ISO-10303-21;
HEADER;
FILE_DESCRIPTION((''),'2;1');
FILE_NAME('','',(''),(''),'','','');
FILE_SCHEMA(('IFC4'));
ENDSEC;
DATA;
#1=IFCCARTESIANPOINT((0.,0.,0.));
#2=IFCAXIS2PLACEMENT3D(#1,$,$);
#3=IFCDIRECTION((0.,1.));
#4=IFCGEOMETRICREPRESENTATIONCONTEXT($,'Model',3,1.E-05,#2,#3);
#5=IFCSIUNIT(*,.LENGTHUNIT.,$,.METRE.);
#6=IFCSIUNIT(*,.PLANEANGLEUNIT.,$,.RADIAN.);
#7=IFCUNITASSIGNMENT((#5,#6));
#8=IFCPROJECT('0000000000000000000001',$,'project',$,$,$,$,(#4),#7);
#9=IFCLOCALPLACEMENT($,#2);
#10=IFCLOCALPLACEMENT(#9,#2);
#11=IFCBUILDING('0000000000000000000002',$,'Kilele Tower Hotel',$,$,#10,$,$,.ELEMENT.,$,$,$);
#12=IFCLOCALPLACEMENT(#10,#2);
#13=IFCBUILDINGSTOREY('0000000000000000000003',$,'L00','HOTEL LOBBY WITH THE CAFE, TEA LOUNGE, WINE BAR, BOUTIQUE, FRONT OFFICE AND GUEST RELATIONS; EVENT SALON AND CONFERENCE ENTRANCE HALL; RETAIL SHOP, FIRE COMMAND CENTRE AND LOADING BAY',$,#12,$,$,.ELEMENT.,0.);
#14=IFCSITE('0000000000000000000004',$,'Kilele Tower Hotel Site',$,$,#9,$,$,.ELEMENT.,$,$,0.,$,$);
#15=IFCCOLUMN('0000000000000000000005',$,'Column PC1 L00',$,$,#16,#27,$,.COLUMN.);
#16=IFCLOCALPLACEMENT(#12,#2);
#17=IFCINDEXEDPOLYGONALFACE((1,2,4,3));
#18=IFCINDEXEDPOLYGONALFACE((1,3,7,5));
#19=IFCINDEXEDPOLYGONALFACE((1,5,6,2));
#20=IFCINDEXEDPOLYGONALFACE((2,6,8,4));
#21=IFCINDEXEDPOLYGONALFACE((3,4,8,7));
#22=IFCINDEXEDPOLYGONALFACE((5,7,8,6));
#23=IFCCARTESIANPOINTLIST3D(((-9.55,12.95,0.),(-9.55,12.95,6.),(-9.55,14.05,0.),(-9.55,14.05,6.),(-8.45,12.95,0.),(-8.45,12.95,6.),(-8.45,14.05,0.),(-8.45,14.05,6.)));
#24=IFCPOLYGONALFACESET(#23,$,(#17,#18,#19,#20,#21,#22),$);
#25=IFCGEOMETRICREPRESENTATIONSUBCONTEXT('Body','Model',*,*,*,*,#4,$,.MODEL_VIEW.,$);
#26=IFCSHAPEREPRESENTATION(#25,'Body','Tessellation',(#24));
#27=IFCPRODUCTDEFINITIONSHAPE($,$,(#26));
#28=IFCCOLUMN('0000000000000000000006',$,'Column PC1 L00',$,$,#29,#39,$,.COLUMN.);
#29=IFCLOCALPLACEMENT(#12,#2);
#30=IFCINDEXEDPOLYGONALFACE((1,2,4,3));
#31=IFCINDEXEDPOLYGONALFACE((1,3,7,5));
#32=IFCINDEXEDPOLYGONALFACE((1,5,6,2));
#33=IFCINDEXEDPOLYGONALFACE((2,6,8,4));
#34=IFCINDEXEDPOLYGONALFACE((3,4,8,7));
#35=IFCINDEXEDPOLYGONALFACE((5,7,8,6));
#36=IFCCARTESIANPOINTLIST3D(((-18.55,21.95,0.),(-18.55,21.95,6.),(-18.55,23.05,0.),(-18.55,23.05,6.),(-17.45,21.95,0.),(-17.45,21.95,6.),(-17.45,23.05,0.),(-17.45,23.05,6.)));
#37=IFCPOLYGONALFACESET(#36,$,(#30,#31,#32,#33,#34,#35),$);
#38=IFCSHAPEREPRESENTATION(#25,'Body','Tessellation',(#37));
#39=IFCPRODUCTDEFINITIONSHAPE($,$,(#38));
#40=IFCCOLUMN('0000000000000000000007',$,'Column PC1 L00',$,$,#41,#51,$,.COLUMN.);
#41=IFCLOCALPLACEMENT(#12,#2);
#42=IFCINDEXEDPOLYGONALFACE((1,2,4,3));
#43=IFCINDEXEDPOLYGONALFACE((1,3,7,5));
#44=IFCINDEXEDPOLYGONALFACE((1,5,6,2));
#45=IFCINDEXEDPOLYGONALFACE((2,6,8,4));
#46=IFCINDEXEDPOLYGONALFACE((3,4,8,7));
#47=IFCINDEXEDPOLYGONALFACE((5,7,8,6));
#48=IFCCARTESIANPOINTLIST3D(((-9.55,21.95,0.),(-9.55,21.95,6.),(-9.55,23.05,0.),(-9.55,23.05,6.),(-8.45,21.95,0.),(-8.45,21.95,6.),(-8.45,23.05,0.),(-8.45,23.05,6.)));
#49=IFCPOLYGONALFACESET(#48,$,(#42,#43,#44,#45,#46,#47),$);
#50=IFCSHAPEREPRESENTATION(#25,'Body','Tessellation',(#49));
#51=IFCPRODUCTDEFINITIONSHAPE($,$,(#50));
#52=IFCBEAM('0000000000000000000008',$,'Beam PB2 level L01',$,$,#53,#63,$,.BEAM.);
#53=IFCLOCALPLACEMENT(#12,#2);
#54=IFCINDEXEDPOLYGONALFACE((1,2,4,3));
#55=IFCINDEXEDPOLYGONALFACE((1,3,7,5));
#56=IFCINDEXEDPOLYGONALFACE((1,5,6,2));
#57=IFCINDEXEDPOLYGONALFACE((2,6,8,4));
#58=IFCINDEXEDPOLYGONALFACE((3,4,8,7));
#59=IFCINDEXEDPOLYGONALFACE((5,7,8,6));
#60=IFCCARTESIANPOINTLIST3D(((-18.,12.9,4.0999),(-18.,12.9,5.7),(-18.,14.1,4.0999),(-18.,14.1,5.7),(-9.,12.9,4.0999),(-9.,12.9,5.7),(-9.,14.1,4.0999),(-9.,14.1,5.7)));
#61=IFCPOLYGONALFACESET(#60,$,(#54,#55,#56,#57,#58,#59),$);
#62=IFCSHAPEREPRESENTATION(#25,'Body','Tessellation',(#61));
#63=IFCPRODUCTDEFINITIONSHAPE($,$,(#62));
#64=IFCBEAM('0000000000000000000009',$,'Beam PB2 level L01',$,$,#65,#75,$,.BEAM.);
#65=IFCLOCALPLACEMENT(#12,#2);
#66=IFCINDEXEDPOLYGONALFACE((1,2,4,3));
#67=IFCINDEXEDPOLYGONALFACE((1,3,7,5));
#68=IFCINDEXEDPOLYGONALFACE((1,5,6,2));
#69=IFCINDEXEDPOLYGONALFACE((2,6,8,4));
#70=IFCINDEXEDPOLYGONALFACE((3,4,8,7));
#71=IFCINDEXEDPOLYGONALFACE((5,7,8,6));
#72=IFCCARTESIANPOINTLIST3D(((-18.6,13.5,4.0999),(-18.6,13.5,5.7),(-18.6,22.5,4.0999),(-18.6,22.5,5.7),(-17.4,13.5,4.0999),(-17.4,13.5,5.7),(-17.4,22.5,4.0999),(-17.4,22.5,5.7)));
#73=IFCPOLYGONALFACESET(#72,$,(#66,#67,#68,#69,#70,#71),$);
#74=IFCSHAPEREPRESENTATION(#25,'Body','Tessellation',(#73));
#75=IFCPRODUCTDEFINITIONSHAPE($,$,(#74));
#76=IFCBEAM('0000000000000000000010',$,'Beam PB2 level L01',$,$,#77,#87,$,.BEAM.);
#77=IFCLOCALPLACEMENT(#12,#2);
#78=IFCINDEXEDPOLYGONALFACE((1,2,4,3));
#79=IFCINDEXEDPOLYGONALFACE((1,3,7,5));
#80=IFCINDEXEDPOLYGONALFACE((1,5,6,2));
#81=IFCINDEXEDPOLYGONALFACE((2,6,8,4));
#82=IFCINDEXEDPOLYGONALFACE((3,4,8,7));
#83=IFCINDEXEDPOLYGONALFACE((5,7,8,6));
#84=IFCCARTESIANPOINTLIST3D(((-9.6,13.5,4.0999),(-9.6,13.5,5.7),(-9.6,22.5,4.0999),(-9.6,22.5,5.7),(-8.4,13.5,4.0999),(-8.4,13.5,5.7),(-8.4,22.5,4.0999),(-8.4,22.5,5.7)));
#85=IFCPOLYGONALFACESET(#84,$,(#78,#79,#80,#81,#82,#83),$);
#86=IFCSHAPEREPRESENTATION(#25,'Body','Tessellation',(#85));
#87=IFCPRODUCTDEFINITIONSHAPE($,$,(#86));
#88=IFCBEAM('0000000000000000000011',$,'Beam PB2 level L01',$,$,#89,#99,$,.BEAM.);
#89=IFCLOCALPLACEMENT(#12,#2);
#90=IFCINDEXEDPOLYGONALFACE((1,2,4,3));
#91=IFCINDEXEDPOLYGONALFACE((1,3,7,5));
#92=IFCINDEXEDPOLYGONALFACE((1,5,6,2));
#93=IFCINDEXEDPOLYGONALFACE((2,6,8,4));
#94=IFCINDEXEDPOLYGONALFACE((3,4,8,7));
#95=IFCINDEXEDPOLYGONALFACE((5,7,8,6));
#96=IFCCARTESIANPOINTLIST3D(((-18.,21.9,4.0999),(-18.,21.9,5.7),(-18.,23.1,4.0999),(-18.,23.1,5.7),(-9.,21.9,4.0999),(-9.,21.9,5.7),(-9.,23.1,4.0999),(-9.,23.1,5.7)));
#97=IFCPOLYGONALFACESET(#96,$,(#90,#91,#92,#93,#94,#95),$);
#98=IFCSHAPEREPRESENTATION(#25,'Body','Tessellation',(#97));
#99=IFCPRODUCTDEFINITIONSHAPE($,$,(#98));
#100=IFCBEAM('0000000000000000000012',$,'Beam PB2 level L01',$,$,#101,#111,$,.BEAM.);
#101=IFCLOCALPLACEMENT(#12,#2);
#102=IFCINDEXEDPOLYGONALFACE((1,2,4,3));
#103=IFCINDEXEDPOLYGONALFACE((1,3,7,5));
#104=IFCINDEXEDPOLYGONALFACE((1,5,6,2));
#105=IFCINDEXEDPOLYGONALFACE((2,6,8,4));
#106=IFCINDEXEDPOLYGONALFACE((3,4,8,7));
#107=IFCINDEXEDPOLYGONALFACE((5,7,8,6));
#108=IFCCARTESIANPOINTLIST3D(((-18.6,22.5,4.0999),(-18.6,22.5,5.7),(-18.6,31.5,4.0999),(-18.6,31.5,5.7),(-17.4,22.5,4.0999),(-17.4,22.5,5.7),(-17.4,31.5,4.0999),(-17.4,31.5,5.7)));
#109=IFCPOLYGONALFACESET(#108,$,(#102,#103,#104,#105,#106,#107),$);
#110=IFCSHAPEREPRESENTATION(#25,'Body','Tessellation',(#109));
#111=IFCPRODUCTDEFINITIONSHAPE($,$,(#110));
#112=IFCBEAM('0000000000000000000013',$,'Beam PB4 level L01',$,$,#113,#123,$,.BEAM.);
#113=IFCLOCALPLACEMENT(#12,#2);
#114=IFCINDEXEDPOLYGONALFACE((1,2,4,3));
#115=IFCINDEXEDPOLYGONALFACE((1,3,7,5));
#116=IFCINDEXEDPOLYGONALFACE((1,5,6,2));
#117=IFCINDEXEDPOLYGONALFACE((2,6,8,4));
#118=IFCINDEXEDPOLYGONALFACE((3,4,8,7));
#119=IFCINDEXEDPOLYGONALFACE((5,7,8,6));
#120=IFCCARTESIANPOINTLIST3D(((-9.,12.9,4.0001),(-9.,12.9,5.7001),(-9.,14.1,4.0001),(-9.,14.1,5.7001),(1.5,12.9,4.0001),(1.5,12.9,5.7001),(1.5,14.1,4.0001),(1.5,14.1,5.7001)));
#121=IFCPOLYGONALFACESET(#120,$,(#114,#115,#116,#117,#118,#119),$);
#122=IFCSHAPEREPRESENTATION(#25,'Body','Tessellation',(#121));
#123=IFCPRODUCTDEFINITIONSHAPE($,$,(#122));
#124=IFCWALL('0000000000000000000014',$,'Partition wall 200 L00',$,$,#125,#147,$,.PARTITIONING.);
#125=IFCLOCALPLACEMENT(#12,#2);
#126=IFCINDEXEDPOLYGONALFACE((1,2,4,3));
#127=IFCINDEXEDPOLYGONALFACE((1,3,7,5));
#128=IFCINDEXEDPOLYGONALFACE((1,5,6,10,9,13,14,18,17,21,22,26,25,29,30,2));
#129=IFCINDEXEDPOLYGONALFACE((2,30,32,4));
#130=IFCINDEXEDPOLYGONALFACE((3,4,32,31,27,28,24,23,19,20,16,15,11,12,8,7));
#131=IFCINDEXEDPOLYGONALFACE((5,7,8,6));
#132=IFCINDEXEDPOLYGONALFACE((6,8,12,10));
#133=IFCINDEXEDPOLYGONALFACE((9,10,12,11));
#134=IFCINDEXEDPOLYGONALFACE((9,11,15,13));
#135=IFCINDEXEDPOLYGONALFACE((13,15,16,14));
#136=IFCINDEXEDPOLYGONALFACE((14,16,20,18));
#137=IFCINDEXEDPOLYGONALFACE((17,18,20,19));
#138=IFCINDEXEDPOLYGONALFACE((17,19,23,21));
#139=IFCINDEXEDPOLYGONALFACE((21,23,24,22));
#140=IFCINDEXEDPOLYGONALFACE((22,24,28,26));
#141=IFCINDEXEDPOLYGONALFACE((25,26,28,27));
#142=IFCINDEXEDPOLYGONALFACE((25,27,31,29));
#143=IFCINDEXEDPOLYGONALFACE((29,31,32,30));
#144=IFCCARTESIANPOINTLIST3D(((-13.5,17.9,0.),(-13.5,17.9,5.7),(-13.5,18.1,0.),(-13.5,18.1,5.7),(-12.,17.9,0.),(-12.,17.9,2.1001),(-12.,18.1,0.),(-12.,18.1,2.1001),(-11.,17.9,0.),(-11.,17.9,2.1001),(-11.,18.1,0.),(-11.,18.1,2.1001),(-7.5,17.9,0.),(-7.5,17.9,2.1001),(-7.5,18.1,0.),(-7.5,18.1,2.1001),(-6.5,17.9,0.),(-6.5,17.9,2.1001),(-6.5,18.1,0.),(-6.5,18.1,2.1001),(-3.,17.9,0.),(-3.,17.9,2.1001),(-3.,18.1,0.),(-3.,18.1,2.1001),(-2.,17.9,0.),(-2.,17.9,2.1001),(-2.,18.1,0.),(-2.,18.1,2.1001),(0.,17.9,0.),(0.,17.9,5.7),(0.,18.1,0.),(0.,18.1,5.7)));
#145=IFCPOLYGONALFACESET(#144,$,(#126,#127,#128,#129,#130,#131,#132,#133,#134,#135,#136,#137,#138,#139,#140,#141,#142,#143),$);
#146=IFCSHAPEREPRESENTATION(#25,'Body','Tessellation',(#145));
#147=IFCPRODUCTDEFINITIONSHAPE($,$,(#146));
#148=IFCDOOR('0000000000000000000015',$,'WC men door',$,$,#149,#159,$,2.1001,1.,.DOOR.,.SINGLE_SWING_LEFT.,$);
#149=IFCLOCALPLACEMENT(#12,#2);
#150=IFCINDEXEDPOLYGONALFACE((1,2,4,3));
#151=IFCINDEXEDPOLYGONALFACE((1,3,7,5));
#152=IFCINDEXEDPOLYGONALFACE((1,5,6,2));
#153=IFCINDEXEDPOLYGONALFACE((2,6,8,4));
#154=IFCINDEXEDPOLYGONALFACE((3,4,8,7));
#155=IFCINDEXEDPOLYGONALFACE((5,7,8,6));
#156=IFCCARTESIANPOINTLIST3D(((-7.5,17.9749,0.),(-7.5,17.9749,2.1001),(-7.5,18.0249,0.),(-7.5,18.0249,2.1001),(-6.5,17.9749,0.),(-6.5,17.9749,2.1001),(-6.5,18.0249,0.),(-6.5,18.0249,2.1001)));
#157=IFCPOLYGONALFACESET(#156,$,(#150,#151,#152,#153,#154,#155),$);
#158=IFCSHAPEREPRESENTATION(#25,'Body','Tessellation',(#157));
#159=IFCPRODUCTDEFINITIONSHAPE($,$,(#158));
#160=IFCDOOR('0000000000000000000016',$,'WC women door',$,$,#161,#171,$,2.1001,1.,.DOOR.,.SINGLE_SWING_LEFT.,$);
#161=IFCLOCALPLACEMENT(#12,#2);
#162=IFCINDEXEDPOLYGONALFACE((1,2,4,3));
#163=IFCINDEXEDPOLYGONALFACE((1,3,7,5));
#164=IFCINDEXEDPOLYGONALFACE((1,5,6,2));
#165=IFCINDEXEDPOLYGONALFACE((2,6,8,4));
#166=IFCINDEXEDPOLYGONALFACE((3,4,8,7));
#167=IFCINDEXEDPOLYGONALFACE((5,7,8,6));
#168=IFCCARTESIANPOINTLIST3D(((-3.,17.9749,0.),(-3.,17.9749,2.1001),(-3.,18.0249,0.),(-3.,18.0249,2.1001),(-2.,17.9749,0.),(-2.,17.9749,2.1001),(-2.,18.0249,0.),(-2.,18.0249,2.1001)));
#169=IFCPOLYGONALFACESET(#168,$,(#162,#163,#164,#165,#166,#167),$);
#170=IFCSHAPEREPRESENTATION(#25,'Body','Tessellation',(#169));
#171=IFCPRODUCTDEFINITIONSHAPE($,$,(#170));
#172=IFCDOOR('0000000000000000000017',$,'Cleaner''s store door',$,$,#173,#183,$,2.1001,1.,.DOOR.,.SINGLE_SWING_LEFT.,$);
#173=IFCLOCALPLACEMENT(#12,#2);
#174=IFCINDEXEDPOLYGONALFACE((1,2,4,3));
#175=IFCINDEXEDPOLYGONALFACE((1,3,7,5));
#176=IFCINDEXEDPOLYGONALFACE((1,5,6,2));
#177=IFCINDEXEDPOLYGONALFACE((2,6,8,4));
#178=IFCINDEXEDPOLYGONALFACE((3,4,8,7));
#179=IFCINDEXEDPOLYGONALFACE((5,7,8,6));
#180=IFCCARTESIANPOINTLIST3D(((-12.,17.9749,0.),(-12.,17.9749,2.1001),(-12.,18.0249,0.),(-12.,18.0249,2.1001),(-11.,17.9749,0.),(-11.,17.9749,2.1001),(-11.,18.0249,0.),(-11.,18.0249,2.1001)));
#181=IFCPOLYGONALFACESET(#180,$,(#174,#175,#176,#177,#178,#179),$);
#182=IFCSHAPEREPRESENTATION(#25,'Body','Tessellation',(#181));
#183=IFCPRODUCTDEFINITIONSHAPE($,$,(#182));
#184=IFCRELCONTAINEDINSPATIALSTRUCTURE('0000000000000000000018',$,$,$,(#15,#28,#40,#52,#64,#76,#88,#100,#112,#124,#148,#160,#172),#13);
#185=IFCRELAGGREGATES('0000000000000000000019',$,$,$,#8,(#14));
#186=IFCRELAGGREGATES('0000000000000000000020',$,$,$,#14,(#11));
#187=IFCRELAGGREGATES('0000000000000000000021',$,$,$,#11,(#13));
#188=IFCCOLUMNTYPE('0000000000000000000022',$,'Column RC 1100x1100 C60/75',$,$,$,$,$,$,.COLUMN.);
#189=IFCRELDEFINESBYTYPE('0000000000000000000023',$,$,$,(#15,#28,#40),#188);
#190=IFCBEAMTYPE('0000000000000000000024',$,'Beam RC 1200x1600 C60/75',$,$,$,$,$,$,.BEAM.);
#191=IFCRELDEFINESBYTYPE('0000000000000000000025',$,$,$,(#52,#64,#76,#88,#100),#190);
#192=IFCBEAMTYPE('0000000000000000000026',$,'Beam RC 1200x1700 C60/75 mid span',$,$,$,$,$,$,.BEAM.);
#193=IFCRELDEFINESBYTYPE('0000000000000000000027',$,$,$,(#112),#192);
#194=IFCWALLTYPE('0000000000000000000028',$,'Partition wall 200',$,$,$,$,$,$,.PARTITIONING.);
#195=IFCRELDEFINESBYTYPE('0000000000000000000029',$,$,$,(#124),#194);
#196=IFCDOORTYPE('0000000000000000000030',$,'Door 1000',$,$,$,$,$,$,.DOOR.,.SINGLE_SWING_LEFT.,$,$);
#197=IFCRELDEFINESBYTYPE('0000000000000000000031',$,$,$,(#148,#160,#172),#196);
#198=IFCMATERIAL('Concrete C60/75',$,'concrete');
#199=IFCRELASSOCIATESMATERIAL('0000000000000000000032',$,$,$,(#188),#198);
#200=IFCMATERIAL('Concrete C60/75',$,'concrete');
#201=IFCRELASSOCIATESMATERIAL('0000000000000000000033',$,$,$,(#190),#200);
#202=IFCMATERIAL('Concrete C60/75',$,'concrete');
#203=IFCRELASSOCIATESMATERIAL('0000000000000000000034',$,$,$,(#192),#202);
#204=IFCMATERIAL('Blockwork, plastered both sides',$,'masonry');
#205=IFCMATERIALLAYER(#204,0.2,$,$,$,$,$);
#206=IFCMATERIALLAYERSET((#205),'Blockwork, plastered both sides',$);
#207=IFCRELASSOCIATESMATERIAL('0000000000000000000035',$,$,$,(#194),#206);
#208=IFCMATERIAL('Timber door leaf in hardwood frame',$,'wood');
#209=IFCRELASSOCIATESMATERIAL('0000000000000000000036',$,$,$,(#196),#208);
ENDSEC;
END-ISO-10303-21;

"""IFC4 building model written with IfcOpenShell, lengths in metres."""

from ifc_helpers import new_model, si_unit, direction, frame, frame_2d, origin, origin_2d, place, context, subcontext, project, spatial, rectangle, extrude, material, layer, layer_set, material_profile, profile_set, type_object, element, fill, save


model = new_model("IFC4")

# Units and contexts
model_context = context("Model", 3, precision=1e-05, world=origin(), true_north=direction((0.0, 1.0)))
body_context = subcontext(model_context, "Body", "Model", "MODEL_VIEW")
ifc_project = project(units=[si_unit("LENGTHUNIT", "METRE"), si_unit("PLANEANGLEUNIT", "RADIAN")], contexts=[model_context])

# Site, building, storey
site_placement = place(None, origin())
site = spatial("IfcSite", under=ifc_project, at=site_placement, Name="Kilele Tower Hotel Site", CompositionType="ELEMENT", RefElevation=0.0)
building_placement = place(site_placement, origin())
building = spatial("IfcBuilding", under=site, at=building_placement, Name="Kilele Tower Hotel", CompositionType="ELEMENT")
storey_placement = place(building_placement, origin())
storey = spatial("IfcBuildingStorey", under=building, at=storey_placement, Name="L00", Description="HOTEL LOBBY WITH THE CAFE, TEA LOUNGE, WINE BAR, BOUTIQUE, FRONT OFFICE AND GUEST RELATIONS; EVENT SALON AND CONFERENCE ENTRANCE HALL; RETAIL SHOP, FIRE COMMAND CENTRE AND LOADING BAY", CompositionType="ELEMENT", Elevation=0.0)

# Columns
ifc_material_1 = material(Name="Concrete C60/75", Category="concrete")
ifc_material_profile_1 = material_profile(ifc_material_1, rectangle(XDim=1.1001, YDim=1.1001, at=origin_2d()))
ifc_profile_set_1 = profile_set([ifc_material_profile_1], Name="Concrete C60/75")
column_type = type_object("IfcColumnType", Name="Column RC 1100x1100 C60/75", PredefinedType="COLUMN", material=ifc_profile_set_1)
for number, where, z_axis, x_axis, name in (
    (1, (-9.0, 13.5, 0.0), (0.0, 0.0, 1.0), (1.0, 0.0, 0.0), "Column PC1 L00"),
    (2, (-18.0, 22.5, 0.0), (0.0, 0.0, 1.0), (1.0, 0.0, 0.0), "Column PC1 L00"),
    (3, (-9.0, 22.5, 0.0), (0.0, 0.0, 1.0), (1.0, 0.0, 0.0), "Column PC1 L00"),
):
    element("IfcColumn", number, at=place(storey_placement, frame(where, z_axis=z_axis, x_axis=x_axis)), inside=storey, type_object=column_type, Name=name, PredefinedType="COLUMN", context=body_context, shape_type="SweptSolid", body=[
        extrude(rectangle(XDim=1.1001, YDim=1.1001, at=origin_2d()), origin(), (0.0, 0.0, 1.0), 6.0),
    ])

# Beams
ifc_material_2 = material(Name="Concrete C60/75", Category="concrete")
ifc_material_profile_2 = material_profile(ifc_material_2, rectangle(XDim=1.2, YDim=1.6001, at=origin_2d()))
ifc_profile_set_2 = profile_set([ifc_material_profile_2], Name="Concrete C60/75")
beam_type_1 = type_object("IfcBeamType", Name="Beam RC 1200x1600 C60/75", PredefinedType="BEAM", material=ifc_profile_set_2)
for number, where, z_axis, x_axis, name in (
    (4, (-18.0, 13.5, 4.8999), (1.0, 0.0, 0.0), (0.0, 1.0, 0.0), "Beam PB2 level L01"),
    (5, (-18.0, 13.5, 4.8999), (0.0, 1.0, 0.0), (-1.0, 0.0, 0.0), "Beam PB2 level L01"),
    (6, (-9.0, 13.5, 4.8999), (0.0, 1.0, 0.0), (-1.0, 0.0, 0.0), "Beam PB2 level L01"),
    (7, (-18.0, 22.5, 4.8999), (1.0, 0.0, 0.0), (0.0, 1.0, 0.0), "Beam PB2 level L01"),
    (8, (-18.0, 22.5, 4.8999), (0.0, 1.0, 0.0), (-1.0, 0.0, 0.0), "Beam PB2 level L01"),
):
    element("IfcBeam", number, at=place(storey_placement, frame(where, z_axis=z_axis, x_axis=x_axis)), inside=storey, type_object=beam_type_1, Name=name, PredefinedType="BEAM", context=body_context, shape_type="SweptSolid", body=[
        extrude(rectangle(XDim=1.2, YDim=1.6001, at=origin_2d()), origin(), (0.0, 0.0, 1.0), 9.0),
    ])
ifc_material_3 = material(Name="Concrete C60/75", Category="concrete")
ifc_material_profile_3 = material_profile(ifc_material_3, rectangle(XDim=1.2, YDim=1.7, at=origin_2d()))
ifc_profile_set_3 = profile_set([ifc_material_profile_3], Name="Concrete C60/75")
beam_type_2 = type_object("IfcBeamType", Name="Beam RC 1200x1700 C60/75 mid span", PredefinedType="BEAM", material=ifc_profile_set_3)
beam_placement = place(storey_placement, frame((-9.0, 13.5, 4.8501), z_axis=(1.0, 0.0, 0.0), x_axis=(0.0, 1.0, 0.0)))
element("IfcBeam", 9, at=beam_placement, inside=storey, type_object=beam_type_2, Name="Beam PB4 level L01", PredefinedType="BEAM", context=body_context, shape_type="SweptSolid", body=[
    extrude(rectangle(XDim=1.2, YDim=1.7, at=origin_2d()), origin(), (0.0, 0.0, 1.0), 10.5),
])

# Wall, openings, doors
ifc_material_4 = material(Name="Blockwork, plastered both sides", Category="masonry")
ifc_layer_1 = layer(ifc_material_4, 0.2)
ifc_layer_set_1 = layer_set([ifc_layer_1], Name="Blockwork, plastered both sides")
wall_type_1 = type_object("IfcWallType", Name="Partition wall 200", PredefinedType="PARTITIONING", material=ifc_layer_set_1)
wall_1_placement = place(storey_placement, frame((-13.5, 18.0, 0.0), z_axis=(0.0, 0.0, 1.0), x_axis=(1.0, 0.0, 0.0)))
wall_1 = element("IfcWall", 10, at=wall_1_placement, inside=storey, type_object=wall_type_1, Name="Partition wall 200 L00", PredefinedType="PARTITIONING", context=body_context, shape_type="SweptSolid", body=[
    extrude(rectangle(XDim=13.5, YDim=0.2, at=frame_2d((6.75, 0.0))), origin(), (0.0, 0.0, 1.0), 5.7),
])
opening_1_placement = place(wall_1_placement, frame((6.0, 0.0, 0.0)))
opening_1 = element("IfcOpeningElement", 11, at=opening_1_placement, cuts=wall_1, PredefinedType="OPENING", context=body_context, shape_type="SweptSolid", body=[
    extrude(rectangle(XDim=1.0, YDim=2.1001, at=frame_2d((0.5, 1.05))), frame((0.0, 0.1099, 0.0), z_axis=(0.0, -1.0, 0.0), x_axis=(1.0, 0.0, 0.0)), (0.0, 0.0, 1.0), 0.22),
])
opening_2_placement = place(wall_1_placement, frame((10.5, 0.0, 0.0)))
opening_2 = element("IfcOpeningElement", 12, at=opening_2_placement, cuts=wall_1, PredefinedType="OPENING", context=body_context, shape_type="SweptSolid", body=[
    extrude(rectangle(XDim=1.0, YDim=2.1001, at=frame_2d((0.5, 1.05))), frame((0.0, 0.1099, 0.0), z_axis=(0.0, -1.0, 0.0), x_axis=(1.0, 0.0, 0.0)), (0.0, 0.0, 1.0), 0.22),
])
opening_3_placement = place(wall_1_placement, frame((1.5, 0.0, 0.0)))
opening_3 = element("IfcOpeningElement", 13, at=opening_3_placement, cuts=wall_1, PredefinedType="OPENING", context=body_context, shape_type="SweptSolid", body=[
    extrude(rectangle(XDim=1.0, YDim=2.1001, at=frame_2d((0.5, 1.05))), frame((0.0, 0.1099, 0.0), z_axis=(0.0, -1.0, 0.0), x_axis=(1.0, 0.0, 0.0)), (0.0, 0.0, 1.0), 0.22),
])
ifc_material_5 = material(Name="Timber door leaf in hardwood frame", Category="wood")
door_type = type_object("IfcDoorType", Name="Door 1000", OperationType="SINGLE_SWING_LEFT", PredefinedType="DOOR", material=ifc_material_5)
door_1_placement = place(opening_1_placement, origin())
door_1 = element("IfcDoor", 14, at=door_1_placement, inside=storey, type_object=door_type, Name="WC men door", OperationType="SINGLE_SWING_LEFT", OverallHeight=2.1001, OverallWidth=1.0, PredefinedType="DOOR", context=body_context, shape_type="SweptSolid", body=[
    extrude(rectangle(XDim=1.0, YDim=2.1001, at=frame_2d((0.5, 1.05))), frame((0.0, 0.0249, 0.0), z_axis=(0.0, -1.0, 0.0), x_axis=(1.0, 0.0, 0.0)), (0.0, 0.0, 1.0), 0.05),
])
fill(opening_1, door_1)
door_2_placement = place(opening_2_placement, origin())
door_2 = element("IfcDoor", 15, at=door_2_placement, inside=storey, type_object=door_type, Name="WC women door", OperationType="SINGLE_SWING_LEFT", OverallHeight=2.1001, OverallWidth=1.0, PredefinedType="DOOR", context=body_context, shape_type="SweptSolid", body=[
    extrude(rectangle(XDim=1.0, YDim=2.1001, at=frame_2d((0.5, 1.05))), frame((0.0, 0.0249, 0.0), z_axis=(0.0, -1.0, 0.0), x_axis=(1.0, 0.0, 0.0)), (0.0, 0.0, 1.0), 0.05),
])
fill(opening_2, door_2)
door_3_placement = place(opening_3_placement, origin())
door_3 = element("IfcDoor", 16, at=door_3_placement, inside=storey, type_object=door_type, Name="Cleaner's store door", OperationType="SINGLE_SWING_LEFT", OverallHeight=2.1001, OverallWidth=1.0, PredefinedType="DOOR", context=body_context, shape_type="SweptSolid", body=[
    extrude(rectangle(XDim=1.0, YDim=2.1001, at=frame_2d((0.5, 1.05))), frame((0.0, 0.0249, 0.0), z_axis=(0.0, -1.0, 0.0), x_axis=(1.0, 0.0, 0.0)), (0.0, 0.0, 1.0), 0.05),
])
fill(opening_3, door_3)

save(model, "model.ifc")
